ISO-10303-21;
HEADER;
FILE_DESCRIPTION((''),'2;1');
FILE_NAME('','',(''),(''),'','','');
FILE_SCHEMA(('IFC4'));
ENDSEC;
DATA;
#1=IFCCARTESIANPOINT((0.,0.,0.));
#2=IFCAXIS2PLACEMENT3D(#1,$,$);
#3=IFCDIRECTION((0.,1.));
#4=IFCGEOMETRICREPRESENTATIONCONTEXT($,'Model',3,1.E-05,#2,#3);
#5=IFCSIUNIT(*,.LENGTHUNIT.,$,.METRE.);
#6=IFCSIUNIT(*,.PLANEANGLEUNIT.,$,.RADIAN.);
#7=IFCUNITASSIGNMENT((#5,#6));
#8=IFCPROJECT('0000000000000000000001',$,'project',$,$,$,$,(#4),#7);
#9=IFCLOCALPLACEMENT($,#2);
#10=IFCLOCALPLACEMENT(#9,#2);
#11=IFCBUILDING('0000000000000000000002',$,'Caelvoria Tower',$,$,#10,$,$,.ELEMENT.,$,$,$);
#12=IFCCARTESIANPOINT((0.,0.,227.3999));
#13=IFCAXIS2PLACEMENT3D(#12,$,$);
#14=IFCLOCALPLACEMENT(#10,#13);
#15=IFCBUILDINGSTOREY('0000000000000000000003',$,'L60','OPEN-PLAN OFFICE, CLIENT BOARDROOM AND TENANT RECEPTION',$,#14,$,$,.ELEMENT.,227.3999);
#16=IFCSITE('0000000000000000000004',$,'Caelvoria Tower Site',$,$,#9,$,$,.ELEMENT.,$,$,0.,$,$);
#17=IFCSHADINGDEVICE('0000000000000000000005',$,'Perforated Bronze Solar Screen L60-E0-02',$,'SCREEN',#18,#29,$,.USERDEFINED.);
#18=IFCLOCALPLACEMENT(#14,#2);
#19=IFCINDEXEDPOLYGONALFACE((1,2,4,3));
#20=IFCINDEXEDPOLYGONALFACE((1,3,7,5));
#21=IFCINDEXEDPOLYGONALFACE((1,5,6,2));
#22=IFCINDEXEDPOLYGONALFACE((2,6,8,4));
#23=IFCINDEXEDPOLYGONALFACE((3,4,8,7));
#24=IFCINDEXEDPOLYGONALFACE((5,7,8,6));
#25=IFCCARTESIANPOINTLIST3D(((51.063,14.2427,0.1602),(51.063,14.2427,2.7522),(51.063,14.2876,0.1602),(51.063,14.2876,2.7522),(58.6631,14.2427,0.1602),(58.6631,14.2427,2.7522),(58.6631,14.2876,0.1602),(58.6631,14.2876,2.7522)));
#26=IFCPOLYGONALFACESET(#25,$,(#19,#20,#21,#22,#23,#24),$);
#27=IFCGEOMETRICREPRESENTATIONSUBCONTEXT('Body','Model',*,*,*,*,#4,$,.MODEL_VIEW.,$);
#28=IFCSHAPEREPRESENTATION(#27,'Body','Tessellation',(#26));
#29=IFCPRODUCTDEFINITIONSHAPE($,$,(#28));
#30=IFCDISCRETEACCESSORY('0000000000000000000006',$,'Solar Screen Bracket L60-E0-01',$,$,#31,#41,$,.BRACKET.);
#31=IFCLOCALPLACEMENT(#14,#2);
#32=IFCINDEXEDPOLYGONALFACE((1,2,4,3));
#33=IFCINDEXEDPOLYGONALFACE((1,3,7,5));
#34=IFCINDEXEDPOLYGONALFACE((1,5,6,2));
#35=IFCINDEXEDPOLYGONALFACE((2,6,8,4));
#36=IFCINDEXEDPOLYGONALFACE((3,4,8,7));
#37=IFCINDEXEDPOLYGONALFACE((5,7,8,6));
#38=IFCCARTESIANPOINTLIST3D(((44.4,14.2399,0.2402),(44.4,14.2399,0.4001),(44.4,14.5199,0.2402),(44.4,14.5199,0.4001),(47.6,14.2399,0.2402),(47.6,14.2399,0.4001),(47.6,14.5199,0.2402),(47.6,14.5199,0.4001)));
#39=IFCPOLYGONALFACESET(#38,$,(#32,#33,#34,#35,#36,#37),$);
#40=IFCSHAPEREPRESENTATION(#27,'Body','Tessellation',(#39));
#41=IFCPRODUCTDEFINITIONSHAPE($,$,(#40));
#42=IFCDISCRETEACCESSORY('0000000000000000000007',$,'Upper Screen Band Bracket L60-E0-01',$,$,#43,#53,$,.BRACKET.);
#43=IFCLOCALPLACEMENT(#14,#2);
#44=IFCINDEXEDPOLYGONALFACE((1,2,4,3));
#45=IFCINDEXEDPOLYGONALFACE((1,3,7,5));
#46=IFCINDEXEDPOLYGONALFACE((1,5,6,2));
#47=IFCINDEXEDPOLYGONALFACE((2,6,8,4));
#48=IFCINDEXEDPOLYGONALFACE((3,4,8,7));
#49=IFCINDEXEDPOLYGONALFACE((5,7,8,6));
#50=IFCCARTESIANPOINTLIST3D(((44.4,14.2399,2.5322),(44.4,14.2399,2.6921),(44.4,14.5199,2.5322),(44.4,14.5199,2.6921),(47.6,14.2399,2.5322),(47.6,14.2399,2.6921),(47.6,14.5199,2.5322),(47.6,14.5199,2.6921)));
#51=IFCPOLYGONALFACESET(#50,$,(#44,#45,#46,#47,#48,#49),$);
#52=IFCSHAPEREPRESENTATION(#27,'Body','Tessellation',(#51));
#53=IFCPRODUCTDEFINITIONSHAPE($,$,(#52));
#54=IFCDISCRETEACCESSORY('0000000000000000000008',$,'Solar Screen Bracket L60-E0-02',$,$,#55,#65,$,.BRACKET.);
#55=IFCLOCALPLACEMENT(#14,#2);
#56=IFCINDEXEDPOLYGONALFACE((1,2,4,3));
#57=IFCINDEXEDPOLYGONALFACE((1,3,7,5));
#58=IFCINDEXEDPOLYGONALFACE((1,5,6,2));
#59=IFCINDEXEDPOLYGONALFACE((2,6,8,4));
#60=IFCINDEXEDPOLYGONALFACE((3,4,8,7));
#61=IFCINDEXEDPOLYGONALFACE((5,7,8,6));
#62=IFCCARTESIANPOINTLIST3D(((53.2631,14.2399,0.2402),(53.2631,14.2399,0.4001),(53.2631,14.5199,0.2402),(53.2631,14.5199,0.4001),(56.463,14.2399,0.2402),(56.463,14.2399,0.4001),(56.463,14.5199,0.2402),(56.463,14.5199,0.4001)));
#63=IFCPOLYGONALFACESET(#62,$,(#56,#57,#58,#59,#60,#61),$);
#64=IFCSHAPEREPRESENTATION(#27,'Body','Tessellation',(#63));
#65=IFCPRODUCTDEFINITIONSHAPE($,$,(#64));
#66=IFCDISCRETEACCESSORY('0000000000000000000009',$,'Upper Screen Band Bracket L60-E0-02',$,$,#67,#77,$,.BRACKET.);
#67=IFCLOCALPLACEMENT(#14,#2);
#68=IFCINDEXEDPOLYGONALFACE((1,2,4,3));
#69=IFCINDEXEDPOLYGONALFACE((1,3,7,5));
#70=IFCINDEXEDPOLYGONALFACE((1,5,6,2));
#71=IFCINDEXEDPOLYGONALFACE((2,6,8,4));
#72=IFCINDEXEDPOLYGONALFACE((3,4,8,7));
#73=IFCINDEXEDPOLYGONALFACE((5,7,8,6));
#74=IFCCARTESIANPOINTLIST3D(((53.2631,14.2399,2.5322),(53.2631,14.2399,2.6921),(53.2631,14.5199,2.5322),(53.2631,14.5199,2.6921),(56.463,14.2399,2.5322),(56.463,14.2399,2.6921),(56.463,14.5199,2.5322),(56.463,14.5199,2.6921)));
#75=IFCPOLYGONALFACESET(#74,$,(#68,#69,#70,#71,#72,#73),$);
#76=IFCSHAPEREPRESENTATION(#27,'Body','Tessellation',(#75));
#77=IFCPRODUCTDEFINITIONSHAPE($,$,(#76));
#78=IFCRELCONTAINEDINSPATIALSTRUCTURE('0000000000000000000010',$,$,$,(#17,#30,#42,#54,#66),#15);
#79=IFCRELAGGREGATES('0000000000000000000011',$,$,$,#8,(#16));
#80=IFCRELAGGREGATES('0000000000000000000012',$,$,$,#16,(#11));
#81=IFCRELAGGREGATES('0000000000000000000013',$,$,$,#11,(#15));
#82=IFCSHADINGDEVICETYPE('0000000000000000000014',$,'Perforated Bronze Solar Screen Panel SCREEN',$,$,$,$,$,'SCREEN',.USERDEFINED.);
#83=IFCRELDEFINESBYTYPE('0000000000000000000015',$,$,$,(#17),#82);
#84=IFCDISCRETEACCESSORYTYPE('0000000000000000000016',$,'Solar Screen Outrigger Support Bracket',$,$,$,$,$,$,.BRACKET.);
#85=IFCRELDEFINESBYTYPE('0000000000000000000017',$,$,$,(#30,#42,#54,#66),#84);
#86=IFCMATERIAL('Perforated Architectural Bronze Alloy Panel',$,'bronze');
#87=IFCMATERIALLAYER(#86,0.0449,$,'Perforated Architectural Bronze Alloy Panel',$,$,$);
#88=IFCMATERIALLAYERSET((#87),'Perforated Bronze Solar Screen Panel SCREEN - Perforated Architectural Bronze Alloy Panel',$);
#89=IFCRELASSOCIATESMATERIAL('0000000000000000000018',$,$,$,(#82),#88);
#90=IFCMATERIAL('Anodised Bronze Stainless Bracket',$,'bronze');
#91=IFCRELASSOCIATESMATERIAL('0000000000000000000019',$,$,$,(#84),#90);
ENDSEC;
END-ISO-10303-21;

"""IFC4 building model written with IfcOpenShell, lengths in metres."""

from ifc_helpers import new_model, si_unit, direction, frame, origin, origin_2d, place, context, subcontext, project, spatial, rectangle, extrude, material, layer, layer_set, type_object, element, save


model = new_model("IFC4")

# Units and contexts
model_context = context("Model", 3, precision=1e-05, world=origin(), true_north=direction((0.0, 1.0)))
body_context = subcontext(model_context, "Body", "Model", "MODEL_VIEW")
ifc_project = project(units=[si_unit("LENGTHUNIT", "METRE"), si_unit("PLANEANGLEUNIT", "RADIAN")], contexts=[model_context])

# Site, building, storey
site_placement = place(None, origin())
site = spatial("IfcSite", under=ifc_project, at=site_placement, Name="Caelvoria Tower Site", CompositionType="ELEMENT", RefElevation=0.0)
building_placement = place(site_placement, origin())
building = spatial("IfcBuilding", under=site, at=building_placement, Name="Caelvoria Tower", CompositionType="ELEMENT")
storey_placement = place(building_placement, frame((0.0, 0.0, 227.3999)))
storey = spatial("IfcBuildingStorey", under=building, at=storey_placement, Name="L60", Description="OPEN-PLAN OFFICE, CLIENT BOARDROOM AND TENANT RECEPTION", CompositionType="ELEMENT", Elevation=227.3999)

# Shading device
ifc_material_1 = material(Name="Perforated Architectural Bronze Alloy Panel", Category="bronze")
ifc_layer_1 = layer(ifc_material_1, 0.0449, Name="Perforated Architectural Bronze Alloy Panel")
ifc_layer_set_1 = layer_set([ifc_layer_1], Name="Perforated Bronze Solar Screen Panel SCREEN - Perforated Architectural Bronze Alloy Panel")
shading_device_type = type_object("IfcShadingDeviceType", Name="Perforated Bronze Solar Screen Panel SCREEN", ElementType="SCREEN", PredefinedType="USERDEFINED", material=ifc_layer_set_1)
for number, where, z_axis, x_axis, name in (
    (1, (54.863, 14.2651, 0.1602), (0.0, 0.0, 1.0), (1.0, 0.0, 0.0), "Perforated Bronze Solar Screen L60-E0-02"),
):
    element("IfcShadingDevice", number, at=place(storey_placement, frame(where, z_axis=z_axis, x_axis=x_axis)), inside=storey, type_object=shading_device_type, Name=name, ObjectType="SCREEN", PredefinedType="USERDEFINED", context=body_context, shape_type="SweptSolid", body=[
        extrude(rectangle(XDim=7.6001, YDim=0.0449, at=origin_2d()), origin(), (0.0, 0.0, 1.0), 2.592),
    ])

# Discrete accessories
ifc_material_2 = material(Name="Anodised Bronze Stainless Bracket", Category="bronze")
discrete_accessory_type = type_object("IfcDiscreteAccessoryType", Name="Solar Screen Outrigger Support Bracket", PredefinedType="BRACKET", material=ifc_material_2)
for number, where, z_axis, x_axis, name in (
    (2, (46.0, 14.3799, 0.2402), (0.0, 0.0, 1.0), (1.0, 0.0, 0.0), "Solar Screen Bracket L60-E0-01"),
    (3, (46.0, 14.3799, 2.5322), (0.0, 0.0, 1.0), (1.0, 0.0, 0.0), "Upper Screen Band Bracket L60-E0-01"),
    (4, (54.863, 14.3799, 0.2402), (0.0, 0.0, 1.0), (1.0, 0.0, 0.0), "Solar Screen Bracket L60-E0-02"),
    (5, (54.863, 14.3799, 2.5322), (0.0, 0.0, 1.0), (1.0, 0.0, 0.0), "Upper Screen Band Bracket L60-E0-02"),
):
    element("IfcDiscreteAccessory", number, at=place(storey_placement, frame(where, z_axis=z_axis, x_axis=x_axis)), inside=storey, type_object=discrete_accessory_type, Name=name, PredefinedType="BRACKET", context=body_context, shape_type="SweptSolid", body=[
        extrude(rectangle(XDim=3.2, YDim=0.28, at=origin_2d()), origin(), (0.0, 0.0, 1.0), 0.1599),
    ])

save(model, "model.ifc")
